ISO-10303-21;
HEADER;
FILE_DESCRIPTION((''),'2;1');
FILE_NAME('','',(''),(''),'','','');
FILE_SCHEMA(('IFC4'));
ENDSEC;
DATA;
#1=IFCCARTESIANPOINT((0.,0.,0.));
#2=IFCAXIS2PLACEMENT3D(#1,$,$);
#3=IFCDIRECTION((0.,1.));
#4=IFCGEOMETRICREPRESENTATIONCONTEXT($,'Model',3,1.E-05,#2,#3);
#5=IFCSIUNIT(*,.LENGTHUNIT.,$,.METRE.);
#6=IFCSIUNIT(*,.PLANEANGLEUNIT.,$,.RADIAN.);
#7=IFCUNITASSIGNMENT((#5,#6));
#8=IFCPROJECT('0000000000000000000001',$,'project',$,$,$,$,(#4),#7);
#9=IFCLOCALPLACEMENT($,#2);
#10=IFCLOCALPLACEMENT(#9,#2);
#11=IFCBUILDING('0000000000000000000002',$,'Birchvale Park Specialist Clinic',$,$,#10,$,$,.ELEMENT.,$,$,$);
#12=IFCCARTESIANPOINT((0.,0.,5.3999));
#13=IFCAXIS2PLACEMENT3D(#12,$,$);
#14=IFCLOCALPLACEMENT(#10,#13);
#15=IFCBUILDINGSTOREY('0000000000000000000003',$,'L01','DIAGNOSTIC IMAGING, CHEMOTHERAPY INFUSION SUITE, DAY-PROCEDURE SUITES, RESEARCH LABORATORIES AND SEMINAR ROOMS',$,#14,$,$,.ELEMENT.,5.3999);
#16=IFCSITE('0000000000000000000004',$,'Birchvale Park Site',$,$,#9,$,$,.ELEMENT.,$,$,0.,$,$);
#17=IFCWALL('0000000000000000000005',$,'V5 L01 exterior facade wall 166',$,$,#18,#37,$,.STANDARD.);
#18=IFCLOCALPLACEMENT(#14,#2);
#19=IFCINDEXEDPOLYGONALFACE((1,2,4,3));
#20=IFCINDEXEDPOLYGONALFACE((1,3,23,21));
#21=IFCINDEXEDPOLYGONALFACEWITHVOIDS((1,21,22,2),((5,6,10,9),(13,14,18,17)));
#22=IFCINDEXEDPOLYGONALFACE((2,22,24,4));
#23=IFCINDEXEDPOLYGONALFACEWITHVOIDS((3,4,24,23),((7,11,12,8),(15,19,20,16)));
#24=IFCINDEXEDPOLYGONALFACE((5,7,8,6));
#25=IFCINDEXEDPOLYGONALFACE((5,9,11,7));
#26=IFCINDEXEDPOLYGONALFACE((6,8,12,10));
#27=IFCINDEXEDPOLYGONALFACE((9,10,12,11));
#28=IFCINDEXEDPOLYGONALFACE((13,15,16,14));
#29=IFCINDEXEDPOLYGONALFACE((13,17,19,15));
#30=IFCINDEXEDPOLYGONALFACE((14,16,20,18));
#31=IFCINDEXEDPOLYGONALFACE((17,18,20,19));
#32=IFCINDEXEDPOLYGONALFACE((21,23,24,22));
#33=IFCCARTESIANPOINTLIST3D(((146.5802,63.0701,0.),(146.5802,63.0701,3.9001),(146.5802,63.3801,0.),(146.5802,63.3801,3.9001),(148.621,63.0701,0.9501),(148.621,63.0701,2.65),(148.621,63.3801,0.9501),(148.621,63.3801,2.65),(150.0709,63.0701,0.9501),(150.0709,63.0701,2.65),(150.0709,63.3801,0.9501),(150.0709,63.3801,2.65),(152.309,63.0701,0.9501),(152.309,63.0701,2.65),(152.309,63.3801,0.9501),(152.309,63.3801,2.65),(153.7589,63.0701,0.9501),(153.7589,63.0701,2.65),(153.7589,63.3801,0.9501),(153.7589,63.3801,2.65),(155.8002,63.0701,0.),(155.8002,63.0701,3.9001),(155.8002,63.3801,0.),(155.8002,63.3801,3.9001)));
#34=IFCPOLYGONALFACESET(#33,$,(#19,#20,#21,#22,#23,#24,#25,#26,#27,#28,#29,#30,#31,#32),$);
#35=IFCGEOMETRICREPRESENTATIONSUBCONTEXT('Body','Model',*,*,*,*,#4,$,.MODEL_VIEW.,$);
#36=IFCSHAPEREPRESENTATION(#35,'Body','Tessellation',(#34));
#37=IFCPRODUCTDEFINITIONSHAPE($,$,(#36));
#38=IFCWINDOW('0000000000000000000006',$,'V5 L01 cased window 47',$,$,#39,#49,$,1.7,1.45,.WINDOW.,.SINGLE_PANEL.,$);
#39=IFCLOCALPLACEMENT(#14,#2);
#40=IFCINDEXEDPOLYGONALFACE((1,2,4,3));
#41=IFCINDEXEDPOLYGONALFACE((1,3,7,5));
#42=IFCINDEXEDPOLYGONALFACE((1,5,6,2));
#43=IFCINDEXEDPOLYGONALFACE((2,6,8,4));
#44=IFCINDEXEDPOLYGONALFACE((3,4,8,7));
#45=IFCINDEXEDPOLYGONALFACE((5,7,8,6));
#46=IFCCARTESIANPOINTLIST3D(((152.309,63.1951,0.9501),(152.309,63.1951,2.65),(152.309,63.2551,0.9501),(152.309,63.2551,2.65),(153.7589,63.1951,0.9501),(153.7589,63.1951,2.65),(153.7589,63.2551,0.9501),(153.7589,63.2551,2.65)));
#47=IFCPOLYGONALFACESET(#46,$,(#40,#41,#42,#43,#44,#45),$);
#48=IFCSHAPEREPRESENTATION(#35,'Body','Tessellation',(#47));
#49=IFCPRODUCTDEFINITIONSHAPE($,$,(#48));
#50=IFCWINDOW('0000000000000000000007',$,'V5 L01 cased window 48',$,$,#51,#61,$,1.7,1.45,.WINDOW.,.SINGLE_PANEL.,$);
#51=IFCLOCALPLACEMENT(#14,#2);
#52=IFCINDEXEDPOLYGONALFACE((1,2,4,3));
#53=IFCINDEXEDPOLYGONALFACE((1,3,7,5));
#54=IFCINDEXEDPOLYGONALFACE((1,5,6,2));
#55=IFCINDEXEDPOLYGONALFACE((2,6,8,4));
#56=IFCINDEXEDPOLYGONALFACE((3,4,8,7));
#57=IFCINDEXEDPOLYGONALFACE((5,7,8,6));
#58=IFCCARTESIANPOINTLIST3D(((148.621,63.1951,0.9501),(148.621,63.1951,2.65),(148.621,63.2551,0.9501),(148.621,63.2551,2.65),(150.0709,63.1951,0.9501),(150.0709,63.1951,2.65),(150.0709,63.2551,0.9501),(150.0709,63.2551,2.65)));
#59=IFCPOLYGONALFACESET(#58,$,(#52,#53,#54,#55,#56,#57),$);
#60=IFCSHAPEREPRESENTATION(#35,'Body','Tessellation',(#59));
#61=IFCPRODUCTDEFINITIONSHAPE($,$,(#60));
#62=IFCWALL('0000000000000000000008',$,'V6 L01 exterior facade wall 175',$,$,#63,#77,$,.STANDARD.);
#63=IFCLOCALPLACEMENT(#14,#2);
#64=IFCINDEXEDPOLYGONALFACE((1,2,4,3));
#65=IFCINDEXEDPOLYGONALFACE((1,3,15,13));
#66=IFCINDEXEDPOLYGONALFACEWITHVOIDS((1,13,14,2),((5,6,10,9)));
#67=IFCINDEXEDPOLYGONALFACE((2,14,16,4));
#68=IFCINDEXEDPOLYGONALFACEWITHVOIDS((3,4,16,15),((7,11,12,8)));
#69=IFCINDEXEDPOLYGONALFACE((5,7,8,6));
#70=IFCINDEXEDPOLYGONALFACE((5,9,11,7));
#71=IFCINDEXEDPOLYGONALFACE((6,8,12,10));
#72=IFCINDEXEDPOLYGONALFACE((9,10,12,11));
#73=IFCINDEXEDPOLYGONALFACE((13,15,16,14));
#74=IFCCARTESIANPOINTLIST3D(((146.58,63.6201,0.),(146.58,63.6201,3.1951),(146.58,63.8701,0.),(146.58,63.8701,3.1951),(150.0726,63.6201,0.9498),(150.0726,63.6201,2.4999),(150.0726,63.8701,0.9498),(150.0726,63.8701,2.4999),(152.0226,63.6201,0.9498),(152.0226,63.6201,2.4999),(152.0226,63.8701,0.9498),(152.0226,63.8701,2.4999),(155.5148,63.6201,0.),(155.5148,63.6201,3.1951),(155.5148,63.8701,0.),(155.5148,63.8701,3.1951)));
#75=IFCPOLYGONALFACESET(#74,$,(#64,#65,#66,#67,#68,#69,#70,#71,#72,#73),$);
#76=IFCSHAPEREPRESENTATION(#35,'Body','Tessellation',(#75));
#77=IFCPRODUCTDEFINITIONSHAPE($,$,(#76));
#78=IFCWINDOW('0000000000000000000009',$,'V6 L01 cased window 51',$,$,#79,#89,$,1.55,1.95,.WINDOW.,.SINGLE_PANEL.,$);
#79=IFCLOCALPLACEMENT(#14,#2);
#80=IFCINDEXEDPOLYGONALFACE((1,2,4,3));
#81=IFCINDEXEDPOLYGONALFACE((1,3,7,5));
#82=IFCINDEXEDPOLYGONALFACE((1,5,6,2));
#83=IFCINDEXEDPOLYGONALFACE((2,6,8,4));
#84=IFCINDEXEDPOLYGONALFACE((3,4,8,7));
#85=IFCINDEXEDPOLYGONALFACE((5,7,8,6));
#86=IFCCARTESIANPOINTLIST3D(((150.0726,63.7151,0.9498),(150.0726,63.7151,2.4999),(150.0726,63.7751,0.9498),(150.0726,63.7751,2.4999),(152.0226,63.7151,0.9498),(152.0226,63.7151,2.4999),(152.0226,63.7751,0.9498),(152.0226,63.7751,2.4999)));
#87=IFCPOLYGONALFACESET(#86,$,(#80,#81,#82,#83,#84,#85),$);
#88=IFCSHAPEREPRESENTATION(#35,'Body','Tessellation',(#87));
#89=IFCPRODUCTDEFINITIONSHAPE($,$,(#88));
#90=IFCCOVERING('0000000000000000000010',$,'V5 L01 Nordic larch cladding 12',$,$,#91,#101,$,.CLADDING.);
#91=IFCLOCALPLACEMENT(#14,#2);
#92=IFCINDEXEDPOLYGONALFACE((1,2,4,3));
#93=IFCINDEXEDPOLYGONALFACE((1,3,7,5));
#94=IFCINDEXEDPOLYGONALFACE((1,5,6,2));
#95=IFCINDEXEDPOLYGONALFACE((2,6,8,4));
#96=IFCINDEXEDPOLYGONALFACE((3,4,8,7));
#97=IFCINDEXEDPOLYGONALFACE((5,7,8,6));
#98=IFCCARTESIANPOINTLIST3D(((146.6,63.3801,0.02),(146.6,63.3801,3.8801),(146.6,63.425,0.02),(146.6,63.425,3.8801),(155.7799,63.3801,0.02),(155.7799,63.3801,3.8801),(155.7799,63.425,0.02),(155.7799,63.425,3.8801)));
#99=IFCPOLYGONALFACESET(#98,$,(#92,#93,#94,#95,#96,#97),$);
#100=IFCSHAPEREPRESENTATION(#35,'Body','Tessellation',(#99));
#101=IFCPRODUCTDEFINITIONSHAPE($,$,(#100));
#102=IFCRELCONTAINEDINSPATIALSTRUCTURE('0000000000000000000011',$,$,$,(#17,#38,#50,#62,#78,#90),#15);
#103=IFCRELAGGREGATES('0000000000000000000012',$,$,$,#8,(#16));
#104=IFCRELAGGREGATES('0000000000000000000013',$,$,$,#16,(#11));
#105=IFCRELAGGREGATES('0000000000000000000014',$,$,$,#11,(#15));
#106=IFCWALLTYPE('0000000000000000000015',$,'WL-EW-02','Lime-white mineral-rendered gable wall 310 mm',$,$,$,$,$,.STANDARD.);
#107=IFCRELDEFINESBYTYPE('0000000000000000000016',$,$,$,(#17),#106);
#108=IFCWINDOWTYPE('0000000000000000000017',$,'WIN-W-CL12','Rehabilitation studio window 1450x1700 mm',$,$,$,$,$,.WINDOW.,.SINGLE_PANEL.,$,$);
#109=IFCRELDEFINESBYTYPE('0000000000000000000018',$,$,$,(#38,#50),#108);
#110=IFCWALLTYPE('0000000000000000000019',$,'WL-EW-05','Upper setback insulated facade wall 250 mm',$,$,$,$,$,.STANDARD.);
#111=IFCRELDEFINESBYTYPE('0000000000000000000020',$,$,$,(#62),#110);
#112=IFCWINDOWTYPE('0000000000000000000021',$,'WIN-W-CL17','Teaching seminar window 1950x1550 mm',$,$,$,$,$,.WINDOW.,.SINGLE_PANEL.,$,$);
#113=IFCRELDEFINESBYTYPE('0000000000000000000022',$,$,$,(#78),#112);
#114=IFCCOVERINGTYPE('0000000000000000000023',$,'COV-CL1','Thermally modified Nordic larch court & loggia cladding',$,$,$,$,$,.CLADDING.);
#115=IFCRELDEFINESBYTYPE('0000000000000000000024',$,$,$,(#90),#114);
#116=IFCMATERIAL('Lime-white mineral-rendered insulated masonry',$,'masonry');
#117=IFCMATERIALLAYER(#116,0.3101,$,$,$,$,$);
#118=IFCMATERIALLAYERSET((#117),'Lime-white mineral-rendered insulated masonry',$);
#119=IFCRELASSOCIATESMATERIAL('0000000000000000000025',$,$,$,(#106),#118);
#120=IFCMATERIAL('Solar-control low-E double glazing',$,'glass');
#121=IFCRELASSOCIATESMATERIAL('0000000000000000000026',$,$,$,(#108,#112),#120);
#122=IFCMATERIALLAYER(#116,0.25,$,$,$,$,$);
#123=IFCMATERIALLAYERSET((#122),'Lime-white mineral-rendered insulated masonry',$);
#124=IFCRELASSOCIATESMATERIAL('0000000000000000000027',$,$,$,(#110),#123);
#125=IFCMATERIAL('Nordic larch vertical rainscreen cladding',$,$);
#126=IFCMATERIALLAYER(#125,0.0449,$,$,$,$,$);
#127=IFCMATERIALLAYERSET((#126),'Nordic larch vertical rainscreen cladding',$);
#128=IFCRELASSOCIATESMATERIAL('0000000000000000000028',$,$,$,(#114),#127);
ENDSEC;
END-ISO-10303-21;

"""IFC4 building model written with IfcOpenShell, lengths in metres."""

from ifc_helpers import new_model, si_unit, direction, frame, frame_2d, origin, origin_2d, place, context, subcontext, project, spatial, rectangle, extrude, material, layer, layer_set, type_object, element, fill, save


model = new_model("IFC4")

# Units and contexts
model_context = context("Model", 3, precision=1e-05, world=origin(), true_north=direction((0.0, 1.0)))
body_context = subcontext(model_context, "Body", "Model", "MODEL_VIEW")
ifc_project = project(units=[si_unit("LENGTHUNIT", "METRE"), si_unit("PLANEANGLEUNIT", "RADIAN")], contexts=[model_context])

# Site, building, storey
site_placement = place(None, origin())
site = spatial("IfcSite", under=ifc_project, at=site_placement, Name="Birchvale Park Site", CompositionType="ELEMENT", RefElevation=0.0)
building_placement = place(site_placement, origin())
building = spatial("IfcBuilding", under=site, at=building_placement, Name="Birchvale Park Specialist Clinic", CompositionType="ELEMENT")
storey_placement = place(building_placement, frame((0.0, 0.0, 5.3999)))
storey = spatial("IfcBuildingStorey", under=building, at=storey_placement, Name="L01", Description="DIAGNOSTIC IMAGING, CHEMOTHERAPY INFUSION SUITE, DAY-PROCEDURE SUITES, RESEARCH LABORATORIES AND SEMINAR ROOMS", CompositionType="ELEMENT", Elevation=5.3999)

# Shared definitions
ifc_material_1 = material(Name="Solar-control low-E double glazing", Category="glass")

# Wall, openings, windows
ifc_material_2 = material(Name="Lime-white mineral-rendered insulated masonry", Category="masonry")
ifc_layer_1 = layer(ifc_material_2, 0.3101)
ifc_layer_set_1 = layer_set([ifc_layer_1], Name="Lime-white mineral-rendered insulated masonry")
wall_type_1 = type_object("IfcWallType", Name="WL-EW-02", Description="Lime-white mineral-rendered gable wall 310 mm", PredefinedType="STANDARD", material=ifc_layer_set_1)
wall_1_placement = place(storey_placement, frame((155.8, 63.2251, 0.0), z_axis=(0.0, 0.0, 1.0), x_axis=(-1.0, 0.0, 0.0)))
wall_1 = element("IfcWall", 1, at=wall_1_placement, inside=storey, type_object=wall_type_1, Name="V5 L01 exterior facade wall 166", PredefinedType="STANDARD", context=body_context, shape_type="SweptSolid", body=[
    extrude(rectangle(XDim=9.22, YDim=0.3101, at=frame_2d((4.6099, 0.0))), origin(), (0.0, 0.0, 1.0), 3.9001),
])
opening_1_placement = place(wall_1_placement, frame((2.041, 0.0, 0.95)))
opening_1 = element("IfcOpeningElement", 2, at=opening_1_placement, cuts=wall_1, PredefinedType="OPENING", context=body_context, shape_type="SweptSolid", body=[
    extrude(rectangle(XDim=1.45, YDim=1.7, at=frame_2d((0.7251, 0.8501))), frame((0.0, 0.165, 0.0), z_axis=(0.0, -1.0, 0.0), x_axis=(1.0, 0.0, 0.0)), (0.0, 0.0, 1.0), 0.3301),
])
opening_2_placement = place(wall_1_placement, frame((5.729, 0.0, 0.95)))
opening_2 = element("IfcOpeningElement", 3, at=opening_2_placement, cuts=wall_1, PredefinedType="OPENING", context=body_context, shape_type="SweptSolid", body=[
    extrude(rectangle(XDim=1.45, YDim=1.7, at=frame_2d((0.7251, 0.8501))), frame((0.0, 0.165, 0.0), z_axis=(0.0, -1.0, 0.0), x_axis=(1.0, 0.0, 0.0)), (0.0, 0.0, 1.0), 0.3301),
])
window_type_1 = type_object("IfcWindowType", Name="WIN-W-CL12", Description="Rehabilitation studio window 1450x1700 mm", PartitioningType="SINGLE_PANEL", PredefinedType="WINDOW", material=ifc_material_1)
window_1_placement = place(opening_1_placement, origin())
window_1 = element("IfcWindow", 4, at=window_1_placement, inside=storey, type_object=window_type_1, Name="V5 L01 cased window 47", OverallHeight=1.7, OverallWidth=1.45, PartitioningType="SINGLE_PANEL", PredefinedType="WINDOW", context=body_context, shape_type="SweptSolid", body=[
    extrude(rectangle(XDim=1.45, YDim=1.7, at=frame_2d((0.7251, 0.8501))), frame((0.0, 0.03, 0.0), z_axis=(0.0, -1.0, 0.0), x_axis=(1.0, 0.0, 0.0)), (0.0, 0.0, 1.0), 0.0601),
])
fill(opening_1, window_1)
window_2_placement = place(opening_2_placement, origin())
window_2 = element("IfcWindow", 5, at=window_2_placement, inside=storey, type_object=window_type_1, Name="V5 L01 cased window 48", OverallHeight=1.7, OverallWidth=1.45, PartitioningType="SINGLE_PANEL", PredefinedType="WINDOW", context=body_context, shape_type="SweptSolid", body=[
    extrude(rectangle(XDim=1.45, YDim=1.7, at=frame_2d((0.7251, 0.8501))), frame((0.0, 0.03, 0.0), z_axis=(0.0, -1.0, 0.0), x_axis=(1.0, 0.0, 0.0)), (0.0, 0.0, 1.0), 0.0601),
])
fill(opening_2, window_2)

# Wall, opening, window
ifc_layer_2 = layer(ifc_material_2, 0.25)
ifc_layer_set_2 = layer_set([ifc_layer_2], Name="Lime-white mineral-rendered insulated masonry")
wall_type_2 = type_object("IfcWallType", Name="WL-EW-05", Description="Upper setback insulated facade wall 250 mm", PredefinedType="STANDARD", material=ifc_layer_set_2)
wall_2_placement = place(storey_placement, frame((146.5801, 63.7451, 0.0), z_axis=(0.0, 0.0, 1.0), x_axis=(1.0, 0.0, 0.0)))
wall_2 = element("IfcWall", 6, at=wall_2_placement, inside=storey, type_object=wall_type_2, Name="V6 L01 exterior facade wall 175", PredefinedType="STANDARD", context=body_context, shape_type="SweptSolid", body=[
    extrude(rectangle(XDim=8.9348, YDim=0.25, at=frame_2d((4.4673, 0.0))), origin(), (0.0, 0.0, 1.0), 3.1951),
])
opening_3_placement = place(wall_2_placement, frame((3.4924, 0.0, 0.95)))
opening_3 = element("IfcOpeningElement", 7, at=opening_3_placement, cuts=wall_2, PredefinedType="OPENING", context=body_context, shape_type="SweptSolid", body=[
    extrude(rectangle(XDim=1.95, YDim=1.55, at=frame_2d((0.9751, 0.7749))), frame((0.0, 0.135, 0.0), z_axis=(0.0, -1.0, 0.0), x_axis=(1.0, 0.0, 0.0)), (0.0, 0.0, 1.0), 0.27),
])
window_type_2 = type_object("IfcWindowType", Name="WIN-W-CL17", Description="Teaching seminar window 1950x1550 mm", PartitioningType="SINGLE_PANEL", PredefinedType="WINDOW", material=ifc_material_1)
window_3_placement = place(opening_3_placement, origin())
window_3 = element("IfcWindow", 8, at=window_3_placement, inside=storey, type_object=window_type_2, Name="V6 L01 cased window 51", OverallHeight=1.55, OverallWidth=1.95, PartitioningType="SINGLE_PANEL", PredefinedType="WINDOW", context=body_context, shape_type="SweptSolid", body=[
    extrude(rectangle(XDim=1.95, YDim=1.55, at=frame_2d((0.9751, 0.7749))), frame((0.0, 0.03, 0.0), z_axis=(0.0, -1.0, 0.0), x_axis=(1.0, 0.0, 0.0)), (0.0, 0.0, 1.0), 0.0601),
])
fill(opening_3, window_3)

# Covering
ifc_material_3 = material(Name="Nordic larch vertical rainscreen cladding")
ifc_layer_3 = layer(ifc_material_3, 0.0449)
ifc_layer_set_3 = layer_set([ifc_layer_3], Name="Nordic larch vertical rainscreen cladding")
covering_type = type_object("IfcCoveringType", Name="COV-CL1", Description="Thermally modified Nordic larch court & loggia cladding", PredefinedType="CLADDING", material=ifc_layer_set_3)
covering_placement = place(storey_placement, frame((151.1899, 63.4026, 0.02), z_axis=(0.0, 0.0, 1.0), x_axis=(-1.0, 0.0, 0.0)))
element("IfcCovering", 9, at=covering_placement, inside=storey, type_object=covering_type, Name="V5 L01 Nordic larch cladding 12", PredefinedType="CLADDING", context=body_context, shape_type="SweptSolid", body=[
    extrude(rectangle(XDim=9.1799, YDim=0.0449, at=origin_2d()), origin(), (0.0, 0.0, 1.0), 3.8601),
])

save(model, "model.ifc")
